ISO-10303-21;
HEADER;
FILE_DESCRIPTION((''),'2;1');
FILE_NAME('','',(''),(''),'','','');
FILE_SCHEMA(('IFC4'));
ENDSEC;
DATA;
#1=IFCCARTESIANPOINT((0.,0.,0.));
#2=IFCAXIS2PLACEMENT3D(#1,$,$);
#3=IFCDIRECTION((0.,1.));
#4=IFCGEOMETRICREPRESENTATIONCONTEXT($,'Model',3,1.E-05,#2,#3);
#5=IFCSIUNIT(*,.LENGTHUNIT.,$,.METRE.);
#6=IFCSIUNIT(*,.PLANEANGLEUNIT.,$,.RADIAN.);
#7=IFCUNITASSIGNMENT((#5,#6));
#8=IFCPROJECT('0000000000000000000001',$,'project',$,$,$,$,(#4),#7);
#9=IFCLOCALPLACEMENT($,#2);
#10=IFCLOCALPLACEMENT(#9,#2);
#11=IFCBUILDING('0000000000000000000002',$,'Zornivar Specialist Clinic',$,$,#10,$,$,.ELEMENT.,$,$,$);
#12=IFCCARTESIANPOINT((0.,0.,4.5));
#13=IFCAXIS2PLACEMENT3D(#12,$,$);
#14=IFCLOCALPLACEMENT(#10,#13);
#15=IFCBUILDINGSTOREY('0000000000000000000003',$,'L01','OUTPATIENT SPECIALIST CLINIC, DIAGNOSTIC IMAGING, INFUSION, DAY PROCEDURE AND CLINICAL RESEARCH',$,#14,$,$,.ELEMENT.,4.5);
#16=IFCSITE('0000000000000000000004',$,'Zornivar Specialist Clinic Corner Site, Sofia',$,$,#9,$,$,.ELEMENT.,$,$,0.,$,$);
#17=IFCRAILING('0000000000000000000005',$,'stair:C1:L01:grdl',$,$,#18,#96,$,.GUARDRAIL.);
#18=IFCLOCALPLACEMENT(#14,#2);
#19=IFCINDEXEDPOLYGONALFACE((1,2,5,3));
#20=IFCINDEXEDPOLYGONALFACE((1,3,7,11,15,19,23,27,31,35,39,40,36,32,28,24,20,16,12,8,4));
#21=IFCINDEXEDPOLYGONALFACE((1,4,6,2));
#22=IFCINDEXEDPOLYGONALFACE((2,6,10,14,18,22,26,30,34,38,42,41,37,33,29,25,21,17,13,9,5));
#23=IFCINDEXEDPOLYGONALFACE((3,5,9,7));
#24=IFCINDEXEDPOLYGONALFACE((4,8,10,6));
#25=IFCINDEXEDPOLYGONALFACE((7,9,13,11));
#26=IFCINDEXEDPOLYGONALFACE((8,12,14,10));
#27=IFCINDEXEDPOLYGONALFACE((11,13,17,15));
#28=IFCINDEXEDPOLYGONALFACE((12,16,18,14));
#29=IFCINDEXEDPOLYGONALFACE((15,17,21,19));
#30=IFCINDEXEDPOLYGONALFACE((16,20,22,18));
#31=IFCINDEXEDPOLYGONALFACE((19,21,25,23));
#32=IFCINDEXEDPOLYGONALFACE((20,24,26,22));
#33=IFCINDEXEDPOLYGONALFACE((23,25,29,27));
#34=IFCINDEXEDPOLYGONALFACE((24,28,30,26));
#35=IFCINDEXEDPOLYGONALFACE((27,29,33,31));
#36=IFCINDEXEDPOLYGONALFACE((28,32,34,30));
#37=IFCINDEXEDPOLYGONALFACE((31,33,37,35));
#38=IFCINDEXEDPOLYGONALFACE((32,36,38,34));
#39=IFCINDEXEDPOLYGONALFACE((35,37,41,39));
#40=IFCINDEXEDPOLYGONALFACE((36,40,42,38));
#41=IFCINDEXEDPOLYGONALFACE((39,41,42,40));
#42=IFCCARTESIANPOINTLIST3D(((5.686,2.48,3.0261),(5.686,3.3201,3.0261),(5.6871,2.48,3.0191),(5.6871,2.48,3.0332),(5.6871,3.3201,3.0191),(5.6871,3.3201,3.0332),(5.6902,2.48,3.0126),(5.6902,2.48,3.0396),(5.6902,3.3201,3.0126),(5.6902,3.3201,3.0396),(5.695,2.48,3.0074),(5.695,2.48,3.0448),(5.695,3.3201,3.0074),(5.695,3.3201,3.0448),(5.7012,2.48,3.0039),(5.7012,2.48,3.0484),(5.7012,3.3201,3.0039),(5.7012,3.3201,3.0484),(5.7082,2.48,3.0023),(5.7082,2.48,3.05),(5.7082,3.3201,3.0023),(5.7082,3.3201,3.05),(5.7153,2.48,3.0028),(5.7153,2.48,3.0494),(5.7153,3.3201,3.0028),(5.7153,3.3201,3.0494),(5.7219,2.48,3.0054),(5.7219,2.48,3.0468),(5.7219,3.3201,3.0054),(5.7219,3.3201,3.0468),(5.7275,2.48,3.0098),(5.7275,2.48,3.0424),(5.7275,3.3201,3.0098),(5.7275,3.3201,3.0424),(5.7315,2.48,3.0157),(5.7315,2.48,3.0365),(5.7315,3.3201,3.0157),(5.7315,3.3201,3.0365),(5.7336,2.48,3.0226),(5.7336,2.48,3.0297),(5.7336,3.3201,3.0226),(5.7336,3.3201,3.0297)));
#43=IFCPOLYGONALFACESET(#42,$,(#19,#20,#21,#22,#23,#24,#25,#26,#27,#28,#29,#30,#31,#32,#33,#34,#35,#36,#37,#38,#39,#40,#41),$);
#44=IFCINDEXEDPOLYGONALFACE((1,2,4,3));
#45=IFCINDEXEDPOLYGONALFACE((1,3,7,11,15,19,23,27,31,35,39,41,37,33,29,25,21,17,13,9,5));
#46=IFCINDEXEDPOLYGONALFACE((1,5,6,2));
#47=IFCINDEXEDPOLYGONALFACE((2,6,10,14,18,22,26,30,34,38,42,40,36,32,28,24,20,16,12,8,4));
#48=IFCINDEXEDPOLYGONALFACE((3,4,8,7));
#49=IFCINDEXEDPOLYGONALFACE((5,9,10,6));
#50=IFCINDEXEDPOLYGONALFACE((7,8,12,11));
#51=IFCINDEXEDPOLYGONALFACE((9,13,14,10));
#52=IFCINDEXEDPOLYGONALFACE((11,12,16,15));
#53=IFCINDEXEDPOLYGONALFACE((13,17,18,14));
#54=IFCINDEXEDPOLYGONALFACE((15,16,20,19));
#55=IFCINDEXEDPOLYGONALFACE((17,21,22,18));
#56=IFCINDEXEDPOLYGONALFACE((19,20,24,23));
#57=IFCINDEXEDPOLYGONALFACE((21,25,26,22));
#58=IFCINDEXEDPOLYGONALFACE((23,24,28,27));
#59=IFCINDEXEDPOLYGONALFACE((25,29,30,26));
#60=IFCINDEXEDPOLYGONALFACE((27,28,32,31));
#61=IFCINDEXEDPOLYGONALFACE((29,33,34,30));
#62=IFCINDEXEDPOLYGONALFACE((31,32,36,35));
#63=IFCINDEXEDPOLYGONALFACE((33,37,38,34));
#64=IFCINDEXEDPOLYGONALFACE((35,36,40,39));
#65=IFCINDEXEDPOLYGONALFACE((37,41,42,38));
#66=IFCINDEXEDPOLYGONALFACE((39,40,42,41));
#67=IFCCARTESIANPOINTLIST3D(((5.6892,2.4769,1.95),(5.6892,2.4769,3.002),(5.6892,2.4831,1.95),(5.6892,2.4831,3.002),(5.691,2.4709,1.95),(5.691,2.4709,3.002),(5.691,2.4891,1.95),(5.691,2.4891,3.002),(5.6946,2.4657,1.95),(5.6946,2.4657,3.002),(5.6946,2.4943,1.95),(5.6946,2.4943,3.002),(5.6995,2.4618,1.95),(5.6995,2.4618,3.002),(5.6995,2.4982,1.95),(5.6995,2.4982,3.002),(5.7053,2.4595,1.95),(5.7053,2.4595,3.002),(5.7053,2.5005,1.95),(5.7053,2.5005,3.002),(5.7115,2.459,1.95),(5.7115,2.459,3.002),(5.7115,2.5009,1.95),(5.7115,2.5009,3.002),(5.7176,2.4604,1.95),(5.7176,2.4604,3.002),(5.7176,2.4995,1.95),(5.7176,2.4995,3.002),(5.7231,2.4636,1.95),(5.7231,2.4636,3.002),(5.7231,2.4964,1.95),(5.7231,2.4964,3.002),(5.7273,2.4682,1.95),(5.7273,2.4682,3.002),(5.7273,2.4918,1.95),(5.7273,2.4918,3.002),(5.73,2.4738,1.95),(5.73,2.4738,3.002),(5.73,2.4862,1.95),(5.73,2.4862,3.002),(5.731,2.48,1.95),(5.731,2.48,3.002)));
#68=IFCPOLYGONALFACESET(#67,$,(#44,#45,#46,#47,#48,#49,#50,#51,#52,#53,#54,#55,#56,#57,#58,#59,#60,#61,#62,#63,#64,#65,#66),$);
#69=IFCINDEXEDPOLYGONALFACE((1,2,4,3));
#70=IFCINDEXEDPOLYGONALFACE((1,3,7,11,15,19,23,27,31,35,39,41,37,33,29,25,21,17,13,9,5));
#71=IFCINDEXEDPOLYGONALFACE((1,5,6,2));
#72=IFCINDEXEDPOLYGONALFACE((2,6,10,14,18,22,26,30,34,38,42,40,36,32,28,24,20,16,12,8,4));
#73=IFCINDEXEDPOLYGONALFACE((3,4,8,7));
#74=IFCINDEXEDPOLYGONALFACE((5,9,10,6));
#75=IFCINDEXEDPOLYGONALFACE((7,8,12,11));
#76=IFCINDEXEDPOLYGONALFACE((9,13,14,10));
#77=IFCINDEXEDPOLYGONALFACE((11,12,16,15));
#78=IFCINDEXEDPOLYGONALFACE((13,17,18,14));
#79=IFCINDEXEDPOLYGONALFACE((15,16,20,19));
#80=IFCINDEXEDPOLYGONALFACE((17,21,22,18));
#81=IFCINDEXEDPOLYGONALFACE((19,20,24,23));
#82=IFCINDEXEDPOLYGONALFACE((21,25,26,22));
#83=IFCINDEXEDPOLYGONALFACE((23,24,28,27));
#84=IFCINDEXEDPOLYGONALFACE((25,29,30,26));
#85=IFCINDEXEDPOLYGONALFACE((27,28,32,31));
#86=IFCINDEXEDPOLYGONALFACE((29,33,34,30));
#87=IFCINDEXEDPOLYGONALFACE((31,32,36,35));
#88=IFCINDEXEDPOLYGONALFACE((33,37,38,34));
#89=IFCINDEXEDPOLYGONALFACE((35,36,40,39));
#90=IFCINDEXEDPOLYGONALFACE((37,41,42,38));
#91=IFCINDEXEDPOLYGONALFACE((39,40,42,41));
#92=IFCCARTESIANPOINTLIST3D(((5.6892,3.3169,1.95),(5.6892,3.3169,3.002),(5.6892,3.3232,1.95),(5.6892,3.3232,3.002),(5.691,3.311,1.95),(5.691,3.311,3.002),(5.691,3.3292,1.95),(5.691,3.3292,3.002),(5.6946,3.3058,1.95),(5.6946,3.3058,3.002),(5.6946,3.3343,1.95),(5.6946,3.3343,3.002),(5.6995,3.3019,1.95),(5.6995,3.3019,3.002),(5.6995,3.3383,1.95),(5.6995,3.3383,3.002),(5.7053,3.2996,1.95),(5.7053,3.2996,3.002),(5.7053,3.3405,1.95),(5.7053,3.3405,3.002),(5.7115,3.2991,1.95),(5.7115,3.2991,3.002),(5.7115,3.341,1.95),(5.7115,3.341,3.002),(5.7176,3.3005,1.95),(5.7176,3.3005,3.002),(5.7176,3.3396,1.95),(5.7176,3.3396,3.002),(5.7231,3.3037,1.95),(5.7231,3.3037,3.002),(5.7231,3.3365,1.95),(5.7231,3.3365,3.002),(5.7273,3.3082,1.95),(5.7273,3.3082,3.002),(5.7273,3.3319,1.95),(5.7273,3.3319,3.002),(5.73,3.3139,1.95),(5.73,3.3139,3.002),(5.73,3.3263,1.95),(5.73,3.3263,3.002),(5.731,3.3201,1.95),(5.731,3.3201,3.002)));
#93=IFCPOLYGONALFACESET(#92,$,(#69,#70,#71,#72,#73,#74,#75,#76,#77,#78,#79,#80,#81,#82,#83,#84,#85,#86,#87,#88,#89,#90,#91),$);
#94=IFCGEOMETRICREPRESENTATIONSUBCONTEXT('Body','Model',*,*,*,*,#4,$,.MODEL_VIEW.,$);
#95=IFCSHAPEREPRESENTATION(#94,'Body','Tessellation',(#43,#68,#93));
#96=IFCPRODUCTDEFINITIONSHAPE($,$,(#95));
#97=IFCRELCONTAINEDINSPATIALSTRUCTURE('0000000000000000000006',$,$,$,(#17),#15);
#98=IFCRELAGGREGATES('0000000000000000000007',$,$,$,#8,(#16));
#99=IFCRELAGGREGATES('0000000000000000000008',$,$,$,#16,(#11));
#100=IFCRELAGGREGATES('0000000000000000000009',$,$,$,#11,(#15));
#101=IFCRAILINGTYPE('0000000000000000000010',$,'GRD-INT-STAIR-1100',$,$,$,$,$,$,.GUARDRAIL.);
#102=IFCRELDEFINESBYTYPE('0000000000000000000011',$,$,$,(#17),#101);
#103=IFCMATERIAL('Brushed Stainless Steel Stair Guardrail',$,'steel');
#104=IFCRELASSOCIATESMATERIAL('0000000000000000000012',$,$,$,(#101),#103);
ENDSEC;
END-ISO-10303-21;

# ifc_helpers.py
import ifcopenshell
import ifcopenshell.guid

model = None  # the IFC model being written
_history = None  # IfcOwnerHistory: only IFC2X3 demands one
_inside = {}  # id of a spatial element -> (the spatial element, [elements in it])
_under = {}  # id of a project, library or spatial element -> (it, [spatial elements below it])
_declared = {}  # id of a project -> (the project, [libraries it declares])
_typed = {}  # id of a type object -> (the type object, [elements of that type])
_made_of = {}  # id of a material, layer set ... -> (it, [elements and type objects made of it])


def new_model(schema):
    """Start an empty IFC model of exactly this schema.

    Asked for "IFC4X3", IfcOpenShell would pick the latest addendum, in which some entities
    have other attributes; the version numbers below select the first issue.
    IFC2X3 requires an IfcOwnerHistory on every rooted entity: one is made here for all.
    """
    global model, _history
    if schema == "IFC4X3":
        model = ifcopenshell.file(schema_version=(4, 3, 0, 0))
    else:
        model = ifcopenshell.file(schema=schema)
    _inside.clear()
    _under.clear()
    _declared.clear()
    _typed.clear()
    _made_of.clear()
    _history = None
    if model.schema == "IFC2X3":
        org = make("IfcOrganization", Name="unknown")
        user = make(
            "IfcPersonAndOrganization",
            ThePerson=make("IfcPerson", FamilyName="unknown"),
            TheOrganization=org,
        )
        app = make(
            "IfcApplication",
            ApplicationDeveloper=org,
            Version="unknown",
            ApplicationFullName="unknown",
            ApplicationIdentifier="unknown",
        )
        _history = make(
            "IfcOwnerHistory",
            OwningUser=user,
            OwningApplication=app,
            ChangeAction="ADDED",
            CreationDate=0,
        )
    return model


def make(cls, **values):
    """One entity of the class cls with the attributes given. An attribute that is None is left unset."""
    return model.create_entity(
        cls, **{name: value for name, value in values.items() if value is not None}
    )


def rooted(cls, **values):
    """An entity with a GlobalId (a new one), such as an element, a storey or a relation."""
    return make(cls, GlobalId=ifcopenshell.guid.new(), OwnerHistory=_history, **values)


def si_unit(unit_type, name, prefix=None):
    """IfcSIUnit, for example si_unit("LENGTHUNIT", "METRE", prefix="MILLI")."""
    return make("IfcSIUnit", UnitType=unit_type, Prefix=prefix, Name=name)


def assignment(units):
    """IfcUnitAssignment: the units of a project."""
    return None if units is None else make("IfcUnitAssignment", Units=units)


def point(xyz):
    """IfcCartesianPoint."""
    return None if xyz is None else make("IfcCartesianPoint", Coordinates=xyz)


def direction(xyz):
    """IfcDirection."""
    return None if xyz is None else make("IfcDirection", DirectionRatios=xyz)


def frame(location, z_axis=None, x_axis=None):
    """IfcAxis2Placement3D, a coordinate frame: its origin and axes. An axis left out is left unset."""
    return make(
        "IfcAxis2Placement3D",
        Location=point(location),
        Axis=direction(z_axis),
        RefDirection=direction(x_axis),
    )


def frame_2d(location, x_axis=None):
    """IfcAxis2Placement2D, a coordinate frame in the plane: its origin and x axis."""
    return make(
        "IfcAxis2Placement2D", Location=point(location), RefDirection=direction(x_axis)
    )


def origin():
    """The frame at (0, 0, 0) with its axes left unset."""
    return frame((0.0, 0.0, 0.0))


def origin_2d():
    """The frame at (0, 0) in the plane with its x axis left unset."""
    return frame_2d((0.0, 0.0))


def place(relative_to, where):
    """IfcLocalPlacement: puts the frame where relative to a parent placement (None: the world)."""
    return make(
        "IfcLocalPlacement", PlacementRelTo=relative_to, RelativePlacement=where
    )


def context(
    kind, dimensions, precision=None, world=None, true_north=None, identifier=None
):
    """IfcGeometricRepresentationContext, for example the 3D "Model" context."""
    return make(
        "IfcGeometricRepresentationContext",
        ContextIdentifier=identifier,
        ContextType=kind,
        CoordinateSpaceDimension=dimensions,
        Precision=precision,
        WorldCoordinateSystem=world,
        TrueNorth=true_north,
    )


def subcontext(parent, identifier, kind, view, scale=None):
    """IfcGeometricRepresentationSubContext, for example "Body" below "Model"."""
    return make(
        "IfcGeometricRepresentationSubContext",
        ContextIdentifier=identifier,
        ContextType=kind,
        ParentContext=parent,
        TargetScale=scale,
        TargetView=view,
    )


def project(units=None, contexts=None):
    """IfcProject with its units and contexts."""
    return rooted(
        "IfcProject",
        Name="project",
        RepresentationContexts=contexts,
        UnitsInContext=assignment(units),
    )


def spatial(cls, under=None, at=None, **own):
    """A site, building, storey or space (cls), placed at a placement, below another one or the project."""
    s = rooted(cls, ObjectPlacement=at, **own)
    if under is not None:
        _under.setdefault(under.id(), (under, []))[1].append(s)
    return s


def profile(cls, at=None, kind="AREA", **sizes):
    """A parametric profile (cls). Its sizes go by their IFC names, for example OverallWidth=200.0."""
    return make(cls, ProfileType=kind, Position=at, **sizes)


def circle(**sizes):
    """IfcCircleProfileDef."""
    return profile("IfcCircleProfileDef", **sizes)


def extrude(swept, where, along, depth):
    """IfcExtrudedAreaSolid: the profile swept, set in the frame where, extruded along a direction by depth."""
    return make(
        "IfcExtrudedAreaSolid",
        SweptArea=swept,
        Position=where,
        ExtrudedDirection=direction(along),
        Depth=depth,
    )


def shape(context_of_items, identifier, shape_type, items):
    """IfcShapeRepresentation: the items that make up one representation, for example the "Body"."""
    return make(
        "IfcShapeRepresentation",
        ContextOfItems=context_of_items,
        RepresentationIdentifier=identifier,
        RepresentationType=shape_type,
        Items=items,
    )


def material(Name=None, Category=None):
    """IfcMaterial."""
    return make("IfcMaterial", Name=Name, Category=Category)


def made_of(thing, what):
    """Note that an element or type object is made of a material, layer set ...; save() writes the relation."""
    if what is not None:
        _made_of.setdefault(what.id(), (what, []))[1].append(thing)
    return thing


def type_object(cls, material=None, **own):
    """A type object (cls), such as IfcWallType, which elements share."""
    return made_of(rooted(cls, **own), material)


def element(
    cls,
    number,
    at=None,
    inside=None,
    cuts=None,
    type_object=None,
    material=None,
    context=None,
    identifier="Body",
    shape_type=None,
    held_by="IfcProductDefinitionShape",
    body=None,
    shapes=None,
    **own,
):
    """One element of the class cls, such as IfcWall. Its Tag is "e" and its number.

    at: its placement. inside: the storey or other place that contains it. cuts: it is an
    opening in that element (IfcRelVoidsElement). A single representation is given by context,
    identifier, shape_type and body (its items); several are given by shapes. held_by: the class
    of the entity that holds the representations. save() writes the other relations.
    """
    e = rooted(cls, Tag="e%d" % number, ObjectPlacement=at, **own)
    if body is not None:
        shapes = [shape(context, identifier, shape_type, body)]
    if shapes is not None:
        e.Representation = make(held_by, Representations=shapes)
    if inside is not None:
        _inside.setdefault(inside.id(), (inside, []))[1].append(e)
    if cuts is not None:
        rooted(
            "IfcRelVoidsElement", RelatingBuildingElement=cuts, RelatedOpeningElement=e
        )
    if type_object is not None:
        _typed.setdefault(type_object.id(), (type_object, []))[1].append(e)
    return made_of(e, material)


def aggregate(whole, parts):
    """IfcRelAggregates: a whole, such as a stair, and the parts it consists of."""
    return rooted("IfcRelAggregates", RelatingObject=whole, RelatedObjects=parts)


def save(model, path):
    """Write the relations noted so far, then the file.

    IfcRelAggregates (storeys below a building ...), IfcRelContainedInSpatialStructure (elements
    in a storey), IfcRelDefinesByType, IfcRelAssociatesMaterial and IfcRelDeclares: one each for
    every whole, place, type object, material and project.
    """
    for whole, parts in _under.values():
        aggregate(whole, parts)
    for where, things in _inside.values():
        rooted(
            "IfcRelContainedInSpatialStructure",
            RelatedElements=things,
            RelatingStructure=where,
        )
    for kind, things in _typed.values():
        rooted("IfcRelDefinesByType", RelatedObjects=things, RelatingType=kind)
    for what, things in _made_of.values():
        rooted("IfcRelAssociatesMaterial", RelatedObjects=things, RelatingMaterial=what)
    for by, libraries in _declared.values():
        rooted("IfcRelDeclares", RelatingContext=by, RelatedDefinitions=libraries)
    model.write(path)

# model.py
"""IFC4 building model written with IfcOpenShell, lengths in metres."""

from ifc_helpers import new_model, si_unit, direction, frame, origin, origin_2d, place, context, subcontext, project, spatial, circle, extrude, material, type_object, element, save


model = new_model("IFC4")

# Units and contexts
model_context = context("Model", 3, precision=1e-05, world=origin(), true_north=direction((0.0, 1.0)))
body_context = subcontext(model_context, "Body", "Model", "MODEL_VIEW")
ifc_project = project(units=[si_unit("LENGTHUNIT", "METRE"), si_unit("PLANEANGLEUNIT", "RADIAN")], contexts=[model_context])

# Site, building, storey
site_placement = place(None, origin())
site = spatial("IfcSite", under=ifc_project, at=site_placement, Name="Zornivar Specialist Clinic Corner Site, Sofia", CompositionType="ELEMENT", RefElevation=0.0)
building_placement = place(site_placement, origin())
building = spatial("IfcBuilding", under=site, at=building_placement, Name="Zornivar Specialist Clinic", CompositionType="ELEMENT")
storey_placement = place(building_placement, frame((0.0, 0.0, 4.5)))
storey = spatial("IfcBuildingStorey", under=building, at=storey_placement, Name="L01", Description="OUTPATIENT SPECIALIST CLINIC, DIAGNOSTIC IMAGING, INFUSION, DAY PROCEDURE AND CLINICAL RESEARCH", CompositionType="ELEMENT", Elevation=4.5)

# Railing
ifc_material_1 = material(Name="Brushed Stainless Steel Stair Guardrail", Category="steel")
railing_type_1 = type_object("IfcRailingType", Name="GRD-INT-STAIR-1100", PredefinedType="GUARDRAIL", material=ifc_material_1)
railing_1_placement = place(storey_placement, frame((5.71, 2.48, 1.95)))
element("IfcRailing", 1, at=railing_1_placement, inside=storey, type_object=railing_type_1, Name="stair:C1:L01:grdl", PredefinedType="GUARDRAIL", context=body_context, shape_type="SweptSolid", body=[
    extrude(circle(Radius=0.0239, at=origin_2d()), frame((0.0, 0.0, 1.0762), z_axis=(0.0, 1.0, 0.0), x_axis=(-1.0, 0.0, 0.0)), (0.0, 0.0, 1.0), 0.8401),
    extrude(circle(Radius=0.021, at=origin_2d()), origin(), (0.0, 0.0, 1.0), 1.052),
    extrude(circle(Radius=0.021, at=origin_2d()), frame((0.0, 0.8401, 0.0)), (0.0, 0.0, 1.0), 1.052),
])

save(model, "model.ifc")
